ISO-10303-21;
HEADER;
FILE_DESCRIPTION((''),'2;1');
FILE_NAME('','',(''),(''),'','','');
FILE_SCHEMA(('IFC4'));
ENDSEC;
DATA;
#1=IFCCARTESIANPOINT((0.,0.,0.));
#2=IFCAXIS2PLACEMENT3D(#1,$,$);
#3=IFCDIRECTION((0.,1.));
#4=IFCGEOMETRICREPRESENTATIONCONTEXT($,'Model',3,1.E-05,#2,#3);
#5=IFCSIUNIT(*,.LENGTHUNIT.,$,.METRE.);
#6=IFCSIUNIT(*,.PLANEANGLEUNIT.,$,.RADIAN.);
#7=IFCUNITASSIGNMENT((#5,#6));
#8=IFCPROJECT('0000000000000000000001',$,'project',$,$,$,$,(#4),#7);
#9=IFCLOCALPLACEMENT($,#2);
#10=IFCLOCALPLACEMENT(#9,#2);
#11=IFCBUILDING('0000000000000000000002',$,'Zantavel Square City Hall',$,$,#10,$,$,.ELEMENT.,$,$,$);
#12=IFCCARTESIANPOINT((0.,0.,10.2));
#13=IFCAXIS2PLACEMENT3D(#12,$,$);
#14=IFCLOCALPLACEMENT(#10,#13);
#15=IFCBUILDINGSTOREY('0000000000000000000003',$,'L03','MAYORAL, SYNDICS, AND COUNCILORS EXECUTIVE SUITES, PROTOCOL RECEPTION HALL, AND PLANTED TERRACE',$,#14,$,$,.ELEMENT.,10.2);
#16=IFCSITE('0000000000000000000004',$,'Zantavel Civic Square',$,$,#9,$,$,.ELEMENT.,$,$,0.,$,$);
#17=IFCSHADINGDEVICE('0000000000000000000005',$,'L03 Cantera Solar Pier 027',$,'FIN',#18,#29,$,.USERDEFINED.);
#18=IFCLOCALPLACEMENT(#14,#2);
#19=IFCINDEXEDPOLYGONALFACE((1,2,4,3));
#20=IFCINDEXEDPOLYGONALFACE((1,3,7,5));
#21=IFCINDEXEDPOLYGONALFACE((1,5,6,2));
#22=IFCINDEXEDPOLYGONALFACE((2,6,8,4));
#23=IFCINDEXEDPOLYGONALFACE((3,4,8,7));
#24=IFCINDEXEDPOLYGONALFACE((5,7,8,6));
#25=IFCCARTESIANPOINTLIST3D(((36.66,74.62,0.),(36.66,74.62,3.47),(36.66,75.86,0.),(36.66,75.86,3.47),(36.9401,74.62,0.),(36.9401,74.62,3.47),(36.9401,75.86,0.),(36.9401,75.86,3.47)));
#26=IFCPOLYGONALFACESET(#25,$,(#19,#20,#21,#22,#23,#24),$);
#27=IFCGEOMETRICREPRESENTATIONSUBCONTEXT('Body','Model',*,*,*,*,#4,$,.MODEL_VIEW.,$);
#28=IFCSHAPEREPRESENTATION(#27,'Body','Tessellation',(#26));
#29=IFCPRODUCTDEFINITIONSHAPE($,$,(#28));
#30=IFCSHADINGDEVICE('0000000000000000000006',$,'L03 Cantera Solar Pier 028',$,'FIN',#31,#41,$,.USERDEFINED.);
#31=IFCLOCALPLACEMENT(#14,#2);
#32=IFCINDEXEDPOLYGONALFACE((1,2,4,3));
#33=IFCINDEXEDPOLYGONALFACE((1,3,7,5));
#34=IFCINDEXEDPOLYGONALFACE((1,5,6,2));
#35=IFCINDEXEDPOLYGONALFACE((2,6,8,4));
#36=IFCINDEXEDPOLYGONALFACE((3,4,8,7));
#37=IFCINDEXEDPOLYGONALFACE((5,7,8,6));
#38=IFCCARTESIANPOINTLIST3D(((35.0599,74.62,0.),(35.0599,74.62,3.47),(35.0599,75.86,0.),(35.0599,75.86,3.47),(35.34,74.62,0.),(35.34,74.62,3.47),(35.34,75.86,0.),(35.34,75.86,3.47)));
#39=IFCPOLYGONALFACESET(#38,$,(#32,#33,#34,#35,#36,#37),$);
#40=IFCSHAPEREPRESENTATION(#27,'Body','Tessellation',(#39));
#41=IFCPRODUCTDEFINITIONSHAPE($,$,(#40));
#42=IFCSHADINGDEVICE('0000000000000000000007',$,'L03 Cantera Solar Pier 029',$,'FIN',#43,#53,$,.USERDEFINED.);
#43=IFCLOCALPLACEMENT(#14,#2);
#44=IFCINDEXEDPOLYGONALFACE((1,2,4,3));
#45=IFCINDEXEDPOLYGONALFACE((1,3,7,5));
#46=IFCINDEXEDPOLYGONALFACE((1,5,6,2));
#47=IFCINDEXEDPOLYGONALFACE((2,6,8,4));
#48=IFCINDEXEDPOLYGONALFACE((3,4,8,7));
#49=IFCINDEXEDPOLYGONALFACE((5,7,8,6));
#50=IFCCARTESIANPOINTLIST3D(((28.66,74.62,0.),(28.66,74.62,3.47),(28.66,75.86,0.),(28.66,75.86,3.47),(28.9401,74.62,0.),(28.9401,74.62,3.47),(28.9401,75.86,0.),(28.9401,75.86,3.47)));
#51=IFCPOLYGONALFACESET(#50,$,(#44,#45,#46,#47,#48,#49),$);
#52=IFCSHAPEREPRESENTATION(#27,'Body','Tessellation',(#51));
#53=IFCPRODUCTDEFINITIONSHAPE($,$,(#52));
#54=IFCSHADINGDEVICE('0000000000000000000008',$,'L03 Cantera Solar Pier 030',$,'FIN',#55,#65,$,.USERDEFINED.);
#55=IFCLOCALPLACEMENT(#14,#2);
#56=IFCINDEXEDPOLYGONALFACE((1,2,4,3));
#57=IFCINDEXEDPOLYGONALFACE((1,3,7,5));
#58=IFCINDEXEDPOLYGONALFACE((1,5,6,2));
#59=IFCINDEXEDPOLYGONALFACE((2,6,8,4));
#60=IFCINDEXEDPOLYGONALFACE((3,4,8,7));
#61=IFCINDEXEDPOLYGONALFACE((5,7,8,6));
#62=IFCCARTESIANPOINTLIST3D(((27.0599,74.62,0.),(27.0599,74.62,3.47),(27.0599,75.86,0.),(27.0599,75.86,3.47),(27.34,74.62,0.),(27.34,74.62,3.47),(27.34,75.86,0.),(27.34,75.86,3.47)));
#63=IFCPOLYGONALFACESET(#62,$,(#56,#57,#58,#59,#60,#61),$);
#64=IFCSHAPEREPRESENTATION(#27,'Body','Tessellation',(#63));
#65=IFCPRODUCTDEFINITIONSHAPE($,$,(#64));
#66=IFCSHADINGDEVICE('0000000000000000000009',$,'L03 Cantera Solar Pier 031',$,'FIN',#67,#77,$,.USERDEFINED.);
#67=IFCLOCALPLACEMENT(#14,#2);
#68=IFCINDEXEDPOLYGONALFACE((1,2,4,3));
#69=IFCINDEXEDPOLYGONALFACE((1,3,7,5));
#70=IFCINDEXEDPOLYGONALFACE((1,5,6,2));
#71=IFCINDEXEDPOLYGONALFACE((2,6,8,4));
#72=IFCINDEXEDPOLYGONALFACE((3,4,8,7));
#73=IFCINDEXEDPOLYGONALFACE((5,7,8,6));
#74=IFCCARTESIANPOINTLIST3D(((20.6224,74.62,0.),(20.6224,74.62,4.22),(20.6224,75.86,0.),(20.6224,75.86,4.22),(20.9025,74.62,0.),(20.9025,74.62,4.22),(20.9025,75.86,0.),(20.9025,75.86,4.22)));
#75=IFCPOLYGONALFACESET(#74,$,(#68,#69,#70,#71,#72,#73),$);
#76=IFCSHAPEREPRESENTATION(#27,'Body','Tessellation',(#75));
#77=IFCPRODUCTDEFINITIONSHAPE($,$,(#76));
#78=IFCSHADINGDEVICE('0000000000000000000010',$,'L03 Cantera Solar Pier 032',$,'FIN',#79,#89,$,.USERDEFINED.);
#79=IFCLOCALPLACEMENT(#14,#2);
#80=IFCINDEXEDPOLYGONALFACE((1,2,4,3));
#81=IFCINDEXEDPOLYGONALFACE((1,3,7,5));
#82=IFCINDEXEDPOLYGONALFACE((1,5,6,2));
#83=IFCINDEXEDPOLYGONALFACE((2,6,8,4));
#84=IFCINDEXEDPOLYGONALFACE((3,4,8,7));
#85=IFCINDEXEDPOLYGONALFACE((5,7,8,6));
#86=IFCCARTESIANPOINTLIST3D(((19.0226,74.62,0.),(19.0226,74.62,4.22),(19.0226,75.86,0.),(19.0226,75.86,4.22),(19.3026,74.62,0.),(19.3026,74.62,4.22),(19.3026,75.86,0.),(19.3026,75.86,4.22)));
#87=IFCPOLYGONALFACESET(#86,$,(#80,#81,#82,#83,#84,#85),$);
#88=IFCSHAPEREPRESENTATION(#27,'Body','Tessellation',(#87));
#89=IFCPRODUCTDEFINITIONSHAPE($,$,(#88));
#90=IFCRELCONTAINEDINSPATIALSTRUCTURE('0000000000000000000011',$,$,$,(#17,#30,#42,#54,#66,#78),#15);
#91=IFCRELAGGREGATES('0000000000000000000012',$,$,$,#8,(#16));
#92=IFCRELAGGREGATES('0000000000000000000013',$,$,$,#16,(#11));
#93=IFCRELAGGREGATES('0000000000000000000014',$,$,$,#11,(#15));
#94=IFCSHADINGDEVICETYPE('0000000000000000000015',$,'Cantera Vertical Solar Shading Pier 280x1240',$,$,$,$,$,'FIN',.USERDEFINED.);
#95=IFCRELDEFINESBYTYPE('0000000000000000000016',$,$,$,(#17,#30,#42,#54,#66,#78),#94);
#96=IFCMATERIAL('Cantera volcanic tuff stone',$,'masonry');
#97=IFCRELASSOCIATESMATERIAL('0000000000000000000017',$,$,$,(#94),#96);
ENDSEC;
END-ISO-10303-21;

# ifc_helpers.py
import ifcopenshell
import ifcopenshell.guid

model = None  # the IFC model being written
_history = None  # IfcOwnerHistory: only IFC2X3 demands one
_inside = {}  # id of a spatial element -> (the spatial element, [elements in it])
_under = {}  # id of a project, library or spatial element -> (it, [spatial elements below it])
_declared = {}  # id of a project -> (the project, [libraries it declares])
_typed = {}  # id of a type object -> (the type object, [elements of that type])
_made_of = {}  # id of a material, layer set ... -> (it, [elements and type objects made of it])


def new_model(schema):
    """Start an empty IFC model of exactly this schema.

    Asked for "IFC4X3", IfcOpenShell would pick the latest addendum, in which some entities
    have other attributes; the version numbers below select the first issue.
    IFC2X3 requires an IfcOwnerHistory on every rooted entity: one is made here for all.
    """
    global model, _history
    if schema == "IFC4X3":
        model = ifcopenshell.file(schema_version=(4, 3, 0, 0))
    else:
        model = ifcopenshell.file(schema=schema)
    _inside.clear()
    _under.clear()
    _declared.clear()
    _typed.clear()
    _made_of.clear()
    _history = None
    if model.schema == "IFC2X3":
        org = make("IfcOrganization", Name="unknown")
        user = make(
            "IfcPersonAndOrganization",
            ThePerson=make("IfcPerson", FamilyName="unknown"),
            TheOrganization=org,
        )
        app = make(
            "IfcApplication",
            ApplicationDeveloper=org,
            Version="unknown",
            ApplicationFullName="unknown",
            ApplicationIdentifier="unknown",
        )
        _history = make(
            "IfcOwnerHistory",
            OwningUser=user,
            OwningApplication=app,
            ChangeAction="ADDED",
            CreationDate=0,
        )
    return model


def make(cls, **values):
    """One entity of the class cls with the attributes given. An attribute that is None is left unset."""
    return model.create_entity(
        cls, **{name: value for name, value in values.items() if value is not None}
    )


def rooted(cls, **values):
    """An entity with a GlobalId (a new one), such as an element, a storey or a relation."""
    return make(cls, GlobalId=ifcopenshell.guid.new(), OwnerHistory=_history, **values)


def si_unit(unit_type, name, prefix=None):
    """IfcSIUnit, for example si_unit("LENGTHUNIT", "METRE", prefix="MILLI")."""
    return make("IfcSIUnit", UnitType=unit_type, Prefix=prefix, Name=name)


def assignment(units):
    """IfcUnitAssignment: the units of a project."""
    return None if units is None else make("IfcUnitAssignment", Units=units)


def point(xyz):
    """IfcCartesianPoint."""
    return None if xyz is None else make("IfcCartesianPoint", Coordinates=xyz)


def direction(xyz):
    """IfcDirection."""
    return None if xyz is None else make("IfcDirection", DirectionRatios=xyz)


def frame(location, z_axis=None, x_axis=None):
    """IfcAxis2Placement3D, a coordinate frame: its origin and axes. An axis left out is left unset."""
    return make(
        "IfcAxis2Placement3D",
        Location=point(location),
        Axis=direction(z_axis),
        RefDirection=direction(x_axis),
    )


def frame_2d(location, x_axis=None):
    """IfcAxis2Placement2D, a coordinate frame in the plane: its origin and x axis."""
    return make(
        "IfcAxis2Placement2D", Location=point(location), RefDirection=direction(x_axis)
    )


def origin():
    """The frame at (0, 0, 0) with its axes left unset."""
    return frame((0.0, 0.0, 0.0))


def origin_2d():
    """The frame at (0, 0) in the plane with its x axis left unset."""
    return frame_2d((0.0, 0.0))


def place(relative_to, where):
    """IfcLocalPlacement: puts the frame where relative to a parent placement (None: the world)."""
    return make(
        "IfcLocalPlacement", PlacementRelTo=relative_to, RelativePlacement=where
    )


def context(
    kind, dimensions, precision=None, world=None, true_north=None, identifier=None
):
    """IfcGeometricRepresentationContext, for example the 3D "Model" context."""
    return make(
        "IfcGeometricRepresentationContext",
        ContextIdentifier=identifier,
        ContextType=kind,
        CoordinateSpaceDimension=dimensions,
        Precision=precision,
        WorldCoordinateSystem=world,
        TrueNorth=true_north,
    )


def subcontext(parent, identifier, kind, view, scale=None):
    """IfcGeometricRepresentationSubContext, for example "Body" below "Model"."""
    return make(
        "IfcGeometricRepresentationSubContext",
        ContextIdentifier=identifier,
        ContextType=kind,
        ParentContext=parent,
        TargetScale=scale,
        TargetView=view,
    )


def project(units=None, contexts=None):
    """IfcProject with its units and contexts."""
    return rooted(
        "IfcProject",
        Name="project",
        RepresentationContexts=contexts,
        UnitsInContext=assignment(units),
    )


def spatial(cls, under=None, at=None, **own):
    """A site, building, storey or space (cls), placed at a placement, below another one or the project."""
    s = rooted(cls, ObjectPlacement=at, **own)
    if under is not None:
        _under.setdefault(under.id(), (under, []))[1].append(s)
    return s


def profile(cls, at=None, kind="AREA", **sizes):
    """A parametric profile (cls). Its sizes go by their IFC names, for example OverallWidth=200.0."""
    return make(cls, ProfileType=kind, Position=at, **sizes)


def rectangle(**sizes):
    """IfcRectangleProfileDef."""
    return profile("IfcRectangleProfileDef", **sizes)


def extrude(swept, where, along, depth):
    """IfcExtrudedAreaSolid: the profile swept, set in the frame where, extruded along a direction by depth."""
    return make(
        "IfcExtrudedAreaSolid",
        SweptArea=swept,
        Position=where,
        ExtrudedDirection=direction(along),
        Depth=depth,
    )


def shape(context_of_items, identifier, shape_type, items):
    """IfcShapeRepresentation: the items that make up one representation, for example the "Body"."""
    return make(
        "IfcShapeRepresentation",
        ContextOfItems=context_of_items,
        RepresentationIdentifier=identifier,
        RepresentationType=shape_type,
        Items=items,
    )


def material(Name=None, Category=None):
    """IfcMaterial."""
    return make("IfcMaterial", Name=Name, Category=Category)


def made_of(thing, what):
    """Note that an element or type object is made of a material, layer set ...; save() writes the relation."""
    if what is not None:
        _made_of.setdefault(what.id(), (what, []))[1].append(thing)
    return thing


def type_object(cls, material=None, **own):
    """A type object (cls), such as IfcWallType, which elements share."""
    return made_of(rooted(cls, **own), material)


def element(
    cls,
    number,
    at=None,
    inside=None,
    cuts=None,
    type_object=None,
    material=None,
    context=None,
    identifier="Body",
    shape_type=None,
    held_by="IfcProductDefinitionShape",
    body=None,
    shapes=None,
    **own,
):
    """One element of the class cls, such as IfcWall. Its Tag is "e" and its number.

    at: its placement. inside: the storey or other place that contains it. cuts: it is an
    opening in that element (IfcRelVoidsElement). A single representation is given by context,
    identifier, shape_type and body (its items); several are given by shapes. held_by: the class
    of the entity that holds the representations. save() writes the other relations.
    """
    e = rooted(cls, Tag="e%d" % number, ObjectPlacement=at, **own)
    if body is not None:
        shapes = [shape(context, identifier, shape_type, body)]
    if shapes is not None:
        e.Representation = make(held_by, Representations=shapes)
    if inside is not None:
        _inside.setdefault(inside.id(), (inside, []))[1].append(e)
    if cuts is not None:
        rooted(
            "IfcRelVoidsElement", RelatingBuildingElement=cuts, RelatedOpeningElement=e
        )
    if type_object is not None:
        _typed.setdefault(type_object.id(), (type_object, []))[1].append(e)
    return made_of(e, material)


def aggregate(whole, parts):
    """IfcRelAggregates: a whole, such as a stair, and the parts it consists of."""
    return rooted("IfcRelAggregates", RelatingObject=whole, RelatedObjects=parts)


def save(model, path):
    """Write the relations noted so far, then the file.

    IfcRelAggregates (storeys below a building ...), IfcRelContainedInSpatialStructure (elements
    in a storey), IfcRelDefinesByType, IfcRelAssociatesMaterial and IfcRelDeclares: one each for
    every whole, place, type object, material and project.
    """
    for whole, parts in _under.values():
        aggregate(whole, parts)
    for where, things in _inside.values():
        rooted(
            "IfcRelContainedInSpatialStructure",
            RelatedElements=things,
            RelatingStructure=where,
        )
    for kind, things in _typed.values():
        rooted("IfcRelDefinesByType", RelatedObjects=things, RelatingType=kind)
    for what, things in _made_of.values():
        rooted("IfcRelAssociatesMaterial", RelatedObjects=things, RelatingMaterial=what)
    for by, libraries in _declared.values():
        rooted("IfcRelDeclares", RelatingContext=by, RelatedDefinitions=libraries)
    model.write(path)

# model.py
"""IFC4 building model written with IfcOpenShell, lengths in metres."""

from ifc_helpers import new_model, si_unit, direction, frame, origin, origin_2d, place, context, subcontext, project, spatial, rectangle, extrude, material, type_object, element, save


model = new_model("IFC4")

# Units and contexts
model_context = context("Model", 3, precision=1e-05, world=origin(), true_north=direction((0.0, 1.0)))
body_context = subcontext(model_context, "Body", "Model", "MODEL_VIEW")
ifc_project = project(units=[si_unit("LENGTHUNIT", "METRE"), si_unit("PLANEANGLEUNIT", "RADIAN")], contexts=[model_context])

# Site, building, storey
site_placement = place(None, origin())
site = spatial("IfcSite", under=ifc_project, at=site_placement, Name="Zantavel Civic Square", CompositionType="ELEMENT", RefElevation=0.0)
building_placement = place(site_placement, origin())
building = spatial("IfcBuilding", under=site, at=building_placement, Name="Zantavel Square City Hall", CompositionType="ELEMENT")
storey_placement = place(building_placement, frame((0.0, 0.0, 10.2)))
storey = spatial("IfcBuildingStorey", under=building, at=storey_placement, Name="L03", Description="MAYORAL, SYNDICS, AND COUNCILORS EXECUTIVE SUITES, PROTOCOL RECEPTION HALL, AND PLANTED TERRACE", CompositionType="ELEMENT", Elevation=10.2)

# Shared definitions
ifc_material_1 = material(Name="Cantera volcanic tuff stone", Category="masonry")

# Shading devices
shading_device_type = type_object("IfcShadingDeviceType", Name="Cantera Vertical Solar Shading Pier 280x1240", ElementType="FIN", PredefinedType="USERDEFINED", material=ifc_material_1)
for number, where, z_axis, x_axis, name in (
    (1, (36.8, 75.24, 0.0), (0.0, 0.0, 1.0), (1.0, 0.0, 0.0), "L03 Cantera Solar Pier 027"),
    (2, (35.2, 75.24, 0.0), (0.0, 0.0, 1.0), (1.0, 0.0, 0.0), "L03 Cantera Solar Pier 028"),
    (3, (28.8, 75.24, 0.0), (0.0, 0.0, 1.0), (1.0, 0.0, 0.0), "L03 Cantera Solar Pier 029"),
    (4, (27.2, 75.24, 0.0), (0.0, 0.0, 1.0), (1.0, 0.0, 0.0), "L03 Cantera Solar Pier 030"),
):
    element("IfcShadingDevice", number, at=place(storey_placement, frame(where, z_axis=z_axis, x_axis=x_axis)), inside=storey, type_object=shading_device_type, Name=name, ObjectType="FIN", PredefinedType="USERDEFINED", context=body_context, shape_type="SweptSolid", body=[
        extrude(rectangle(XDim=0.28, YDim=1.24, at=origin_2d()), origin(), (0.0, 0.0, 1.0), 3.47),
    ])
for number, where, z_axis, x_axis, name in (
    (5, (20.7625, 75.24, 0.0), (0.0, 0.0, 1.0), (1.0, 0.0, 0.0), "L03 Cantera Solar Pier 031"),
    (6, (19.1626, 75.24, 0.0), (0.0, 0.0, 1.0), (1.0, 0.0, 0.0), "L03 Cantera Solar Pier 032"),
):
    element("IfcShadingDevice", number, at=place(storey_placement, frame(where, z_axis=z_axis, x_axis=x_axis)), inside=storey, type_object=shading_device_type, Name=name, ObjectType="FIN", PredefinedType="USERDEFINED", context=body_context, shape_type="SweptSolid", body=[
        extrude(rectangle(XDim=0.28, YDim=1.24, at=origin_2d()), origin(), (0.0, 0.0, 1.0), 4.22),
    ])

save(model, "model.ifc")
